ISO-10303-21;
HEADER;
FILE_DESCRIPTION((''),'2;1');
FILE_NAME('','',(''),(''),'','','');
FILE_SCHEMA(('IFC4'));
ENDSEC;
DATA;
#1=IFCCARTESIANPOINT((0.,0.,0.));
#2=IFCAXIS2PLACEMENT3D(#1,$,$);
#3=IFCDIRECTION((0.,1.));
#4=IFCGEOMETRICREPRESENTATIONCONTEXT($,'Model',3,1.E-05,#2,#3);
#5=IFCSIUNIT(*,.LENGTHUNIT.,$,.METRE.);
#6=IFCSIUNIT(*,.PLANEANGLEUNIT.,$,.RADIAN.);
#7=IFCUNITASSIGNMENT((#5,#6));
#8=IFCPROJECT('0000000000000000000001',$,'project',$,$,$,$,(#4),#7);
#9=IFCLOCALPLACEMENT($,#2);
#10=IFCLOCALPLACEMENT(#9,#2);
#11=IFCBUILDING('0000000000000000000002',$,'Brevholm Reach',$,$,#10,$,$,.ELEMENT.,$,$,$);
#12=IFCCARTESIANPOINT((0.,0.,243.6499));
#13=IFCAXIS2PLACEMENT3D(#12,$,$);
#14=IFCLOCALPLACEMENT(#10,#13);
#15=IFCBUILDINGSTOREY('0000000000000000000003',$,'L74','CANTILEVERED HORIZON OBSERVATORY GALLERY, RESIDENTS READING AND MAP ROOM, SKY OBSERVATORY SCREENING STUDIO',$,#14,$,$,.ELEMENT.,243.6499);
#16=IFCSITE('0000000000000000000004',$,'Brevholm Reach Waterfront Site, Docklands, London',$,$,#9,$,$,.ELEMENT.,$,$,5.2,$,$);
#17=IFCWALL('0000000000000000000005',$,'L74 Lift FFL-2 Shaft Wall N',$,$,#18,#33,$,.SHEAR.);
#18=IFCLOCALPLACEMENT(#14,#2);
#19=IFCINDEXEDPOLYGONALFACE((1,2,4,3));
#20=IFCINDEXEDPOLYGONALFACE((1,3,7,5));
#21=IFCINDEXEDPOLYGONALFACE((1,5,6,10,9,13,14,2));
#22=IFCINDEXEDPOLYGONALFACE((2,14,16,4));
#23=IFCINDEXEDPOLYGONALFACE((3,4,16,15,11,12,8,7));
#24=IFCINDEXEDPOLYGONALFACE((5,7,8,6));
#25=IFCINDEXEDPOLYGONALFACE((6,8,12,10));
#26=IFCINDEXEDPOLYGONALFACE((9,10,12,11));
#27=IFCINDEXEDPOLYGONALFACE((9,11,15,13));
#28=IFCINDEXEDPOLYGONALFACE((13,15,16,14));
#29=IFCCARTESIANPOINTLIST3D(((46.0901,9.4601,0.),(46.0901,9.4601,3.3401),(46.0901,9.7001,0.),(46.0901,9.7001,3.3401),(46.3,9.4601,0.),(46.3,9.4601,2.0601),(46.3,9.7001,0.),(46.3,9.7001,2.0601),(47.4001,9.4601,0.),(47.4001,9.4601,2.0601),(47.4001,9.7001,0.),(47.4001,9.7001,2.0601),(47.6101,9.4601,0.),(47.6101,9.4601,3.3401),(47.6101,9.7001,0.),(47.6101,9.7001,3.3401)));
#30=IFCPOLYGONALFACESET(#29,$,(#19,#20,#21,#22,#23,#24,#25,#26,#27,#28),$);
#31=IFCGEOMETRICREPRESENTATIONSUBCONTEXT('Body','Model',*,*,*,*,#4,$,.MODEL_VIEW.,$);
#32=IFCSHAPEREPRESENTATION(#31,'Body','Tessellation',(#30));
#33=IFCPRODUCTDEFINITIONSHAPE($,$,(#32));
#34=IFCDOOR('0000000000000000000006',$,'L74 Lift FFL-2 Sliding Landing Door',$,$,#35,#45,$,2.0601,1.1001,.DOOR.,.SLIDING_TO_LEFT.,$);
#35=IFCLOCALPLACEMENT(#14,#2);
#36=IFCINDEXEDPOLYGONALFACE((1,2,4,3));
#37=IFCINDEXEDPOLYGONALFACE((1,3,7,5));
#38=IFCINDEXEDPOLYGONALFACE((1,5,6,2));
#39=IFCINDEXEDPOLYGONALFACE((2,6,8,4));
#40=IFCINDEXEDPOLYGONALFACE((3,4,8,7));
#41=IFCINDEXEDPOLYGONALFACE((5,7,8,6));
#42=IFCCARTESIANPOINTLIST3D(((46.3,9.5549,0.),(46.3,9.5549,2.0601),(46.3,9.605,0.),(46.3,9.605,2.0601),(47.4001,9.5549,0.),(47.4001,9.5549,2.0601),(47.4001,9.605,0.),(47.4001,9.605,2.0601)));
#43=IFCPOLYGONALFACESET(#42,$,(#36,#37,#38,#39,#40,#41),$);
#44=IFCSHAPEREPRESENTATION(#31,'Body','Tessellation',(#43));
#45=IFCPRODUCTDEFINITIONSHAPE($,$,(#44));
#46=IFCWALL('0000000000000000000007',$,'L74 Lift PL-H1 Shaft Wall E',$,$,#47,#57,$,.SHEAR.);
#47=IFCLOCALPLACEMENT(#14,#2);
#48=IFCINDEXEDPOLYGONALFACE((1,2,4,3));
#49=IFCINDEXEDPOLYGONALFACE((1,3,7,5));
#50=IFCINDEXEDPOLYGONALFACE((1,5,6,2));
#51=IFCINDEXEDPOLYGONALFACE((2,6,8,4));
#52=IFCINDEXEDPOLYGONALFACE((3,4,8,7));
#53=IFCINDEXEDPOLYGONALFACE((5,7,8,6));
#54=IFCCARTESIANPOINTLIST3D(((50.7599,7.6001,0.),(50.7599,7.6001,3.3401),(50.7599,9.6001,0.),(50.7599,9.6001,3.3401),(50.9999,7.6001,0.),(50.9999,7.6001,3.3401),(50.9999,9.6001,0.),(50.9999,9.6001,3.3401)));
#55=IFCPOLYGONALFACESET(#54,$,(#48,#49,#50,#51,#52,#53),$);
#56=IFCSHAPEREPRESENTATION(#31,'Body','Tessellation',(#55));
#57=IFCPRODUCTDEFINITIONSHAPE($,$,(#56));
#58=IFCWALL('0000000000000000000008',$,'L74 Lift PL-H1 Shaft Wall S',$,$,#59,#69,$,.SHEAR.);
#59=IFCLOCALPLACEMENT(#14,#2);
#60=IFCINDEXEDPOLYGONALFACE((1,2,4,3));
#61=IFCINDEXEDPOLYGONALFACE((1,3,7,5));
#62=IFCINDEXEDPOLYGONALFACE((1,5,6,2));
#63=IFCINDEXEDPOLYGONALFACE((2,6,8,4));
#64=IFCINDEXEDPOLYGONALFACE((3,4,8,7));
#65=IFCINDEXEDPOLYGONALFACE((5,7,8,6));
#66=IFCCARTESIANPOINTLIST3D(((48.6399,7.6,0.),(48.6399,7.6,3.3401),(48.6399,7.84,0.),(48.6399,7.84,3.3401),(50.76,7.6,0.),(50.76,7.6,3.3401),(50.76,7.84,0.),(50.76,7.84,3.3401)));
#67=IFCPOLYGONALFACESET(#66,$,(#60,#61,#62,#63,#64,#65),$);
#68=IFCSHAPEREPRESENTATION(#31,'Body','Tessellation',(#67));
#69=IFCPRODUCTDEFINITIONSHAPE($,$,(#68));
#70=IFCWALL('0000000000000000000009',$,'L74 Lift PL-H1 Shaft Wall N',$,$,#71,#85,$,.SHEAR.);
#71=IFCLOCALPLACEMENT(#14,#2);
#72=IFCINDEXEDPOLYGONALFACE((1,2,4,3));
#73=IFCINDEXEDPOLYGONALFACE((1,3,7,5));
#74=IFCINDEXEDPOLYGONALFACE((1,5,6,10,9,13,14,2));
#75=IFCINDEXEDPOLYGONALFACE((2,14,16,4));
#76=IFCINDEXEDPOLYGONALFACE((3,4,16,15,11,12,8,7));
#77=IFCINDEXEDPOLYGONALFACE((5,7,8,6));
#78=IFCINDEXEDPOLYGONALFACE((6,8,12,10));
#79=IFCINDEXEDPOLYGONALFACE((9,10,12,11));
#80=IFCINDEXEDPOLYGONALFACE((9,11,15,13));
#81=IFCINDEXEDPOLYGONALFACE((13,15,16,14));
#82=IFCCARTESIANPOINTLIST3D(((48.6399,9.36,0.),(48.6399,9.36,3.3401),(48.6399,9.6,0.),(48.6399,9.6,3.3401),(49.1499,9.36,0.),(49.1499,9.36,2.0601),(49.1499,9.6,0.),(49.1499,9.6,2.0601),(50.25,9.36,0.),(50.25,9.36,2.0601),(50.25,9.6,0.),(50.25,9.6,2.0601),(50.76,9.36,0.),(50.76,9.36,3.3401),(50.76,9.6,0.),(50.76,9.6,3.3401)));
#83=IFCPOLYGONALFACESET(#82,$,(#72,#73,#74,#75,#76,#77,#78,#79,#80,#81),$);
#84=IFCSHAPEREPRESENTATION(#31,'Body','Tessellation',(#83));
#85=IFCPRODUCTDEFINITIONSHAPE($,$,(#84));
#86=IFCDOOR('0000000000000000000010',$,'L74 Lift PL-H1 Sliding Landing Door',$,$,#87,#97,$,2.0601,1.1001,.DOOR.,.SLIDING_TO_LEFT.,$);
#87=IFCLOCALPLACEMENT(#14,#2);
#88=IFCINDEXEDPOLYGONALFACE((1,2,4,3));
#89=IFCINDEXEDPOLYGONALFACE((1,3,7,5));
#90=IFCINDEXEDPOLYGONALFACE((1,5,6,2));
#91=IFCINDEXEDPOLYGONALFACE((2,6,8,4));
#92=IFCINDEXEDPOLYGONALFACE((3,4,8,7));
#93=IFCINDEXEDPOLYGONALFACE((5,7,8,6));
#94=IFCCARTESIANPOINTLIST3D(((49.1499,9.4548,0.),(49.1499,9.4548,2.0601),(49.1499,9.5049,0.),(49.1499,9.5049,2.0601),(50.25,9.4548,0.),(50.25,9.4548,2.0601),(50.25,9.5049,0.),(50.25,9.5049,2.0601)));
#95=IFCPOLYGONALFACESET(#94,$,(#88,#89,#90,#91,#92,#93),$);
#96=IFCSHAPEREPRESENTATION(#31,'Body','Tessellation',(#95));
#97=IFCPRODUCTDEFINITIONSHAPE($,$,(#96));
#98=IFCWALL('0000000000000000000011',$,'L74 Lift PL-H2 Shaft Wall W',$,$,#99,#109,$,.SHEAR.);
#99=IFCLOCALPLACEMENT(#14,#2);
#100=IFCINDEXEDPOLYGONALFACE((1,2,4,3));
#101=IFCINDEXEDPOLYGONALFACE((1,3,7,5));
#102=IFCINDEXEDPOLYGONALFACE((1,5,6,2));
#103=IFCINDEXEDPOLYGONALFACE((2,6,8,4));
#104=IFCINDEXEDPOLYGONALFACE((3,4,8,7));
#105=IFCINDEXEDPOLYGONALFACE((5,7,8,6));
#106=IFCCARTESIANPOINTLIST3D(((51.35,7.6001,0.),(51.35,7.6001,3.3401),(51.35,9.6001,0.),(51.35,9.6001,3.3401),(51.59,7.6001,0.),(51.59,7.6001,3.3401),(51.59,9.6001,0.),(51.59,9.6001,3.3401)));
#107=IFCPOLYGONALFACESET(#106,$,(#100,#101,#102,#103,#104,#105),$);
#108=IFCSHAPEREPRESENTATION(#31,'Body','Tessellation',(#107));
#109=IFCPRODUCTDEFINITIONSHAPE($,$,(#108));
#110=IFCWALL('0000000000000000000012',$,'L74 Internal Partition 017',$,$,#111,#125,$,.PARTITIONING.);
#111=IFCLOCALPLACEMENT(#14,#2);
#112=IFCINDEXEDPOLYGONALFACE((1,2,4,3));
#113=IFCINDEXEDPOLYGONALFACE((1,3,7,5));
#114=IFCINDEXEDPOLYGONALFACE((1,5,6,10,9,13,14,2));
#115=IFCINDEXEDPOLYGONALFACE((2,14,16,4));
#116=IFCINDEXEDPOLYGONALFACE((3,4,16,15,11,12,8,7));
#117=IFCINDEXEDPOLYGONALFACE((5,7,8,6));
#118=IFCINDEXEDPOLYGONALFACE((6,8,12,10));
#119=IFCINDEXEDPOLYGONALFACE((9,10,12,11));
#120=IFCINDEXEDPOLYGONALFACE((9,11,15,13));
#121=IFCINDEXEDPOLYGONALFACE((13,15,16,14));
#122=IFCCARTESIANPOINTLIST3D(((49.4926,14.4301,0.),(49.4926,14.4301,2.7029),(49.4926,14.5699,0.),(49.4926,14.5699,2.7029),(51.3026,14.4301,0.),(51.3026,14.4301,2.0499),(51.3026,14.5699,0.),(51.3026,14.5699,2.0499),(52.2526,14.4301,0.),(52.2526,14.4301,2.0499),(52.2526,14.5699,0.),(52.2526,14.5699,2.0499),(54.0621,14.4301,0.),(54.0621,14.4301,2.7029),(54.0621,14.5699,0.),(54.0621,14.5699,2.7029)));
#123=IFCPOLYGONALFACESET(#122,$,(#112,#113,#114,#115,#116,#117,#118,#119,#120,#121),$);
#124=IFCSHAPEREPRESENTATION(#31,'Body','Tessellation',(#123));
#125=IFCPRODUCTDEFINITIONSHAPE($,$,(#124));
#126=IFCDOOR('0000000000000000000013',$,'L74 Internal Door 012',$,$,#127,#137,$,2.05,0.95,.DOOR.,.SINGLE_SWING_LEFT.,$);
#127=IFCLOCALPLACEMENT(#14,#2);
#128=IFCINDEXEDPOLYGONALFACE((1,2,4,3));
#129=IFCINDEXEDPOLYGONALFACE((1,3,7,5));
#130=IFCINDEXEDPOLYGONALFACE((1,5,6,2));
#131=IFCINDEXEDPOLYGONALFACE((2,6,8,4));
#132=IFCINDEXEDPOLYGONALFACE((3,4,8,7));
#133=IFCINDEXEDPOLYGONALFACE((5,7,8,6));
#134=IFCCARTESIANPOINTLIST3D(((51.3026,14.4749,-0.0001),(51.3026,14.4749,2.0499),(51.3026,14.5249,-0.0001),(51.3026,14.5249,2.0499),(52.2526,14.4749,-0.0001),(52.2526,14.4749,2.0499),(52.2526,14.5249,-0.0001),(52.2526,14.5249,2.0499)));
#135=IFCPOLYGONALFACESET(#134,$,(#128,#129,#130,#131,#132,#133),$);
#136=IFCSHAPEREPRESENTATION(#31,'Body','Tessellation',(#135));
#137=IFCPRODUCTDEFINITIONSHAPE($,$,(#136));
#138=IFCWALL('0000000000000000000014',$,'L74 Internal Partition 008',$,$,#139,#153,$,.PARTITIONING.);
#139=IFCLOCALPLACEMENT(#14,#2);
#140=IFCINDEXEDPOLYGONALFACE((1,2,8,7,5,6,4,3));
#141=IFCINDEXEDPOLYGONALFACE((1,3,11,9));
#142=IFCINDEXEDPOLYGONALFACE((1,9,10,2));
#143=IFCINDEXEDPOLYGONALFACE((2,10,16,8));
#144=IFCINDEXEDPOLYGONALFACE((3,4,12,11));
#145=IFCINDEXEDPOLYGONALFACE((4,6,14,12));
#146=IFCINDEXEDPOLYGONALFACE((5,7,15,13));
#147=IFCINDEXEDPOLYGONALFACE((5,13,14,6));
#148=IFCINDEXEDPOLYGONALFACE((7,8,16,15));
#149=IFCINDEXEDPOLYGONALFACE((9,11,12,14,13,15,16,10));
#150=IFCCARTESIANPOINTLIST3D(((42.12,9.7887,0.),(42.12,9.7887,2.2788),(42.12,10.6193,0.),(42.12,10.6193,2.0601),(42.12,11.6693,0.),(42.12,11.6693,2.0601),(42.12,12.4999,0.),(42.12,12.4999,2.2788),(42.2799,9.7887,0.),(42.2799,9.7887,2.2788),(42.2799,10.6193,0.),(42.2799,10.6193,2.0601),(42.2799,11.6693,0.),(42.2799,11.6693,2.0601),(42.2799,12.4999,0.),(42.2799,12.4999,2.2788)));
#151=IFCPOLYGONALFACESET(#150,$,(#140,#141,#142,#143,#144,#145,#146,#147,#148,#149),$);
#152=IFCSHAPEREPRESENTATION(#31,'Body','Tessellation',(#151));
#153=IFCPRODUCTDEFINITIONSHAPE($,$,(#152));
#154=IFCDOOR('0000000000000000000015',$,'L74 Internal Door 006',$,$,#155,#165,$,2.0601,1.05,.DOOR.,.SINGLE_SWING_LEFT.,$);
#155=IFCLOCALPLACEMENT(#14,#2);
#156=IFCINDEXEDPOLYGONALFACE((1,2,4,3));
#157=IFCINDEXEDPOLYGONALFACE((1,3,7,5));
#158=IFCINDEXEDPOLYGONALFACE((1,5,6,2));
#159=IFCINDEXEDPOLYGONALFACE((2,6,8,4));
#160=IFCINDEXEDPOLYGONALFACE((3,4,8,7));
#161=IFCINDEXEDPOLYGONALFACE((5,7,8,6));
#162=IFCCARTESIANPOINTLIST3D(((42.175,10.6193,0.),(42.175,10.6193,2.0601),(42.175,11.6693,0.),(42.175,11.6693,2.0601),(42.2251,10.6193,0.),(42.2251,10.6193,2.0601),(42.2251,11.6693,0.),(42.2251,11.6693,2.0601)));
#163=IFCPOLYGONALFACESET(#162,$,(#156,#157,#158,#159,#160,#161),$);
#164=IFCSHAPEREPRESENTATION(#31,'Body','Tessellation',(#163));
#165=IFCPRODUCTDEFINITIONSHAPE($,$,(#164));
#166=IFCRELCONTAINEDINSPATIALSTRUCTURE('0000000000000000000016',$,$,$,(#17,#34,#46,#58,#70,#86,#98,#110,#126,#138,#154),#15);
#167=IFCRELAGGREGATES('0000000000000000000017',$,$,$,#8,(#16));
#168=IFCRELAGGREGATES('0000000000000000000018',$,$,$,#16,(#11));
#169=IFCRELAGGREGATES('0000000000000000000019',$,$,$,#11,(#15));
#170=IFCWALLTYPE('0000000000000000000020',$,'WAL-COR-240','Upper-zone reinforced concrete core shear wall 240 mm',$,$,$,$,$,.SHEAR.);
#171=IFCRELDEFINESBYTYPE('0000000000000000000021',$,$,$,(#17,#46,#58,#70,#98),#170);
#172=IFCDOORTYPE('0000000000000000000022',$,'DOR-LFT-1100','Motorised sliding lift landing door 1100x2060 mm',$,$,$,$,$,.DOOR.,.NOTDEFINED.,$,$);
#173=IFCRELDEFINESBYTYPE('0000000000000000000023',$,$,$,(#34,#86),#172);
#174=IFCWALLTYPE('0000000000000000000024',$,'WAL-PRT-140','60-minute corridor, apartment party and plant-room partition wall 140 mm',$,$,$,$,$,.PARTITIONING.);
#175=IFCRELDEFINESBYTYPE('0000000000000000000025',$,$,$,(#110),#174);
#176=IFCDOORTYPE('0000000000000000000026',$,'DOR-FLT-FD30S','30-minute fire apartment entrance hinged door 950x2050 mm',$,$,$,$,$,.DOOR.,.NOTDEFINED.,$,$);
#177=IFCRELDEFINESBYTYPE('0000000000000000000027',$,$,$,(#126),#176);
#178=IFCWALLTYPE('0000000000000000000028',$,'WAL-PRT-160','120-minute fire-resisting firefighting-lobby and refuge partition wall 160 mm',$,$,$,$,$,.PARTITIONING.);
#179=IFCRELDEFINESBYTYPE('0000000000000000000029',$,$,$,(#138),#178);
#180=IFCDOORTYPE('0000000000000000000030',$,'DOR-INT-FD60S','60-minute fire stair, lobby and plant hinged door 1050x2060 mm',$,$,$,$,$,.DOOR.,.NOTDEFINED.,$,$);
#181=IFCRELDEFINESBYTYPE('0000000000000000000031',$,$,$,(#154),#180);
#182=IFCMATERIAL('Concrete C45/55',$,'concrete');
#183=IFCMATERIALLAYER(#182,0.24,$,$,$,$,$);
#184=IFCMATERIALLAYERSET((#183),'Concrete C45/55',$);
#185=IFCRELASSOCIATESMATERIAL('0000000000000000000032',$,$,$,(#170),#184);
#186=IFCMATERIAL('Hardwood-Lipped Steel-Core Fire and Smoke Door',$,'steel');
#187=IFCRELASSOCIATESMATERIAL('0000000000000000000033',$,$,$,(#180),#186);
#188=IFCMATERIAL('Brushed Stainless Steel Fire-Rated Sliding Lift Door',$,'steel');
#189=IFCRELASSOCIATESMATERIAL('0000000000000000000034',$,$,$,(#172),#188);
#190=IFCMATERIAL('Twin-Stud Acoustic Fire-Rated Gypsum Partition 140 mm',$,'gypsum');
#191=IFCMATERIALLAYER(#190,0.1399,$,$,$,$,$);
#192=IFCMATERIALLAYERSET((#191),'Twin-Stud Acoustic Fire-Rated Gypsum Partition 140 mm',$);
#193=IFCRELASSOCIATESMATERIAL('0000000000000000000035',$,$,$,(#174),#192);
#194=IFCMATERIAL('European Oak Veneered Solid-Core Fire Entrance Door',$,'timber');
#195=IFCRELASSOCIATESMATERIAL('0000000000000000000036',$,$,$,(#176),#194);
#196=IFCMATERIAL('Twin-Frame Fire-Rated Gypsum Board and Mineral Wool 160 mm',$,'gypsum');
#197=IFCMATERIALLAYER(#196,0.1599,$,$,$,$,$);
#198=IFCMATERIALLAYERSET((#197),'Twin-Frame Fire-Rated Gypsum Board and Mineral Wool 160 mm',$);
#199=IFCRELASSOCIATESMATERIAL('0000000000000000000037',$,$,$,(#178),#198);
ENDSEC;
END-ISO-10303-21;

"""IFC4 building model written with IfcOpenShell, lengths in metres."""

from ifc_helpers import new_model, si_unit, direction, frame, frame_2d, origin, place, context, subcontext, project, spatial, rectangle, extrude, material, layer, layer_set, type_object, element, fill, save


model = new_model("IFC4")

# Units and contexts
model_context = context("Model", 3, precision=1e-05, world=origin(), true_north=direction((0.0, 1.0)))
body_context = subcontext(model_context, "Body", "Model", "MODEL_VIEW")
ifc_project = project(units=[si_unit("LENGTHUNIT", "METRE"), si_unit("PLANEANGLEUNIT", "RADIAN")], contexts=[model_context])

# Site, building, storey
site_placement = place(None, origin())
site = spatial("IfcSite", under=ifc_project, at=site_placement, Name="Brevholm Reach Waterfront Site, Docklands, London", CompositionType="ELEMENT", RefElevation=5.2)
building_placement = place(site_placement, origin())
building = spatial("IfcBuilding", under=site, at=building_placement, Name="Brevholm Reach", CompositionType="ELEMENT")
storey_placement = place(building_placement, frame((0.0, 0.0, 243.6499)))
storey = spatial("IfcBuildingStorey", under=building, at=storey_placement, Name="L74", Description="CANTILEVERED HORIZON OBSERVATORY GALLERY, RESIDENTS READING AND MAP ROOM, SKY OBSERVATORY SCREENING STUDIO", CompositionType="ELEMENT", Elevation=243.6499)

# Wall, opening, door
ifc_material_1 = material(Name="Concrete C45/55", Category="concrete")
ifc_layer_1 = layer(ifc_material_1, 0.24)
ifc_layer_set_1 = layer_set([ifc_layer_1], Name="Concrete C45/55")
wall_type_1 = type_object("IfcWallType", Name="WAL-COR-240", Description="Upper-zone reinforced concrete core shear wall 240 mm", PredefinedType="SHEAR", material=ifc_layer_set_1)
ifc_material_2 = material(Name="Hardwood-Lipped Steel-Core Fire and Smoke Door", Category="steel")
door_type_1 = type_object("IfcDoorType", Name="DOR-INT-FD60S", Description="60-minute fire stair, lobby and plant hinged door 1050x2060 mm", OperationType="NOTDEFINED", PredefinedType="DOOR", material=ifc_material_2)
wall_1_placement = place(storey_placement, frame((46.0901, 9.5801, 0.0), z_axis=(0.0, 0.0, 1.0), x_axis=(1.0, 0.0, 0.0)))
wall_1 = element("IfcWall", 1, at=wall_1_placement, inside=storey, type_object=wall_type_1, Name="L74 Lift FFL-2 Shaft Wall N", PredefinedType="SHEAR", context=body_context, shape_type="SweptSolid", body=[
    extrude(rectangle(XDim=1.52, YDim=0.24, at=frame_2d((0.76, 0.0))), origin(), (0.0, 0.0, 1.0), 3.3401),
])
opening_1_placement = place(wall_1_placement, frame((0.21, 0.0, 0.0)))
opening_1 = element("IfcOpeningElement", 2, at=opening_1_placement, cuts=wall_1, PredefinedType="OPENING", context=body_context, shape_type="SweptSolid", body=[
    extrude(rectangle(XDim=1.1001, YDim=2.0601, at=frame_2d((0.55, 1.03))), frame((0.0, 0.1299, 0.0), z_axis=(0.0, -1.0, 0.0), x_axis=(1.0, 0.0, 0.0)), (0.0, 0.0, 1.0), 0.26),
])
ifc_material_3 = material(Name="Brushed Stainless Steel Fire-Rated Sliding Lift Door", Category="steel")
door_type_2 = type_object("IfcDoorType", Name="DOR-LFT-1100", Description="Motorised sliding lift landing door 1100x2060 mm", OperationType="NOTDEFINED", PredefinedType="DOOR", material=ifc_material_3)
door_1_placement = place(opening_1_placement, origin())
door_1 = element("IfcDoor", 3, at=door_1_placement, inside=storey, type_object=door_type_2, Name="L74 Lift FFL-2 Sliding Landing Door", OperationType="SLIDING_TO_LEFT", OverallHeight=2.0601, OverallWidth=1.1001, PredefinedType="DOOR", context=body_context, shape_type="SweptSolid", body=[
    extrude(rectangle(XDim=1.1001, YDim=2.0601, at=frame_2d((0.55, 1.03))), frame((0.0, 0.0249, 0.0), z_axis=(0.0, -1.0, 0.0), x_axis=(1.0, 0.0, 0.0)), (0.0, 0.0, 1.0), 0.05),
])
fill(opening_1, door_1)

# Walls
wall_2_placement = place(storey_placement, frame((50.8799, 7.6001, 0.0), z_axis=(0.0, 0.0, 1.0), x_axis=(0.0, 1.0, 0.0)))
element("IfcWall", 4, at=wall_2_placement, inside=storey, type_object=wall_type_1, Name="L74 Lift PL-H1 Shaft Wall E", PredefinedType="SHEAR", context=body_context, shape_type="SweptSolid", body=[
    extrude(rectangle(XDim=2.0, YDim=0.24, at=frame_2d((1.0, 0.0))), origin(), (0.0, 0.0, 1.0), 3.3401),
])
wall_3_placement = place(storey_placement, frame((48.6399, 7.72, 0.0), z_axis=(0.0, 0.0, 1.0), x_axis=(1.0, 0.0, 0.0)))
element("IfcWall", 5, at=wall_3_placement, inside=storey, type_object=wall_type_1, Name="L74 Lift PL-H1 Shaft Wall S", PredefinedType="SHEAR", context=body_context, shape_type="SweptSolid", body=[
    extrude(rectangle(XDim=2.1201, YDim=0.24, at=frame_2d((1.0601, 0.0))), origin(), (0.0, 0.0, 1.0), 3.3401),
])

# Wall, opening, door
wall_4_placement = place(storey_placement, frame((48.6399, 9.48, 0.0), z_axis=(0.0, 0.0, 1.0), x_axis=(1.0, 0.0, 0.0)))
wall_4 = element("IfcWall", 6, at=wall_4_placement, inside=storey, type_object=wall_type_1, Name="L74 Lift PL-H1 Shaft Wall N", PredefinedType="SHEAR", context=body_context, shape_type="SweptSolid", body=[
    extrude(rectangle(XDim=2.1201, YDim=0.24, at=frame_2d((1.0601, 0.0))), origin(), (0.0, 0.0, 1.0), 3.3401),
])
opening_2_placement = place(wall_4_placement, frame((0.51, 0.0, 0.0)))
opening_2 = element("IfcOpeningElement", 7, at=opening_2_placement, cuts=wall_4, PredefinedType="OPENING", context=body_context, shape_type="SweptSolid", body=[
    extrude(rectangle(XDim=1.1001, YDim=2.0601, at=frame_2d((0.55, 1.03))), frame((0.0, 0.1299, 0.0), z_axis=(0.0, -1.0, 0.0), x_axis=(1.0, 0.0, 0.0)), (0.0, 0.0, 1.0), 0.26),
])
door_2_placement = place(opening_2_placement, origin())
door_2 = element("IfcDoor", 8, at=door_2_placement, inside=storey, type_object=door_type_2, Name="L74 Lift PL-H1 Sliding Landing Door", OperationType="SLIDING_TO_LEFT", OverallHeight=2.0601, OverallWidth=1.1001, PredefinedType="DOOR", context=body_context, shape_type="SweptSolid", body=[
    extrude(rectangle(XDim=1.1001, YDim=2.0601, at=frame_2d((0.55, 1.03))), frame((0.0, 0.0249, 0.0), z_axis=(0.0, -1.0, 0.0), x_axis=(1.0, 0.0, 0.0)), (0.0, 0.0, 1.0), 0.05),
])
fill(opening_2, door_2)

# Wall
wall_5_placement = place(storey_placement, frame((51.47, 7.6001, 0.0), z_axis=(0.0, 0.0, 1.0), x_axis=(0.0, 1.0, 0.0)))
element("IfcWall", 9, at=wall_5_placement, inside=storey, type_object=wall_type_1, Name="L74 Lift PL-H2 Shaft Wall W", PredefinedType="SHEAR", context=body_context, shape_type="SweptSolid", body=[
    extrude(rectangle(XDim=2.0, YDim=0.24, at=frame_2d((1.0, 0.0))), origin(), (0.0, 0.0, 1.0), 3.3401),
])

# Walls, openings, doors
ifc_material_4 = material(Name="Twin-Stud Acoustic Fire-Rated Gypsum Partition 140 mm", Category="gypsum")
ifc_layer_2 = layer(ifc_material_4, 0.1399)
ifc_layer_set_2 = layer_set([ifc_layer_2], Name="Twin-Stud Acoustic Fire-Rated Gypsum Partition 140 mm")
wall_type_2 = type_object("IfcWallType", Name="WAL-PRT-140", Description="60-minute corridor, apartment party and plant-room partition wall 140 mm", PredefinedType="PARTITIONING", material=ifc_layer_set_2)
wall_6_placement = place(storey_placement, frame((49.4927, 14.5, 0.0), z_axis=(0.0, 0.0, 1.0), x_axis=(1.0, 0.0, 0.0)))
wall_6 = element("IfcWall", 10, at=wall_6_placement, inside=storey, type_object=wall_type_2, Name="L74 Internal Partition 017", PredefinedType="PARTITIONING", context=body_context, shape_type="SweptSolid", body=[
    extrude(rectangle(XDim=4.5696, YDim=0.1399, at=frame_2d((2.2847, 0.0))), origin(), (0.0, 0.0, 1.0), 2.7029),
])
opening_3_placement = place(wall_6_placement, frame((1.8098, 0.0, 0.0)))
opening_3 = element("IfcOpeningElement", 11, at=opening_3_placement, cuts=wall_6, PredefinedType="OPENING", context=body_context, shape_type="SweptSolid", body=[
    extrude(rectangle(XDim=0.95, YDim=2.05, at=frame_2d((0.4751, 1.0249))), frame((0.0, 0.0798, 0.0), z_axis=(0.0, -1.0, 0.0), x_axis=(1.0, 0.0, 0.0)), (0.0, 0.0, 1.0), 0.1599),
])
ifc_material_5 = material(Name="European Oak Veneered Solid-Core Fire Entrance Door", Category="timber")
door_type_3 = type_object("IfcDoorType", Name="DOR-FLT-FD30S", Description="30-minute fire apartment entrance hinged door 950x2050 mm", OperationType="NOTDEFINED", PredefinedType="DOOR", material=ifc_material_5)
door_3_placement = place(opening_3_placement, origin())
door_3 = element("IfcDoor", 12, at=door_3_placement, inside=storey, type_object=door_type_3, Name="L74 Internal Door 012", OperationType="SINGLE_SWING_LEFT", OverallHeight=2.05, OverallWidth=0.95, PredefinedType="DOOR", context=body_context, shape_type="SweptSolid", body=[
    extrude(rectangle(XDim=0.95, YDim=2.05, at=frame_2d((0.4751, 1.0249))), frame((0.0, 0.0249, 0.0), z_axis=(0.0, -1.0, 0.0), x_axis=(1.0, 0.0, 0.0)), (0.0, 0.0, 1.0), 0.05),
])
fill(opening_3, door_3)
ifc_material_6 = material(Name="Twin-Frame Fire-Rated Gypsum Board and Mineral Wool 160 mm", Category="gypsum")
ifc_layer_3 = layer(ifc_material_6, 0.1599)
ifc_layer_set_3 = layer_set([ifc_layer_3], Name="Twin-Frame Fire-Rated Gypsum Board and Mineral Wool 160 mm")
wall_type_3 = type_object("IfcWallType", Name="WAL-PRT-160", Description="120-minute fire-resisting firefighting-lobby and refuge partition wall 160 mm", PredefinedType="PARTITIONING", material=ifc_layer_set_3)
wall_7_placement = place(storey_placement, frame((42.2, 9.7888, 0.0), z_axis=(0.0, 0.0, 1.0), x_axis=(0.0, 1.0, 0.0)))
wall_7 = element("IfcWall", 13, at=wall_7_placement, inside=storey, type_object=wall_type_3, Name="L74 Internal Partition 008", PredefinedType="PARTITIONING", context=body_context, shape_type="SweptSolid", body=[
    extrude(rectangle(XDim=2.7112, YDim=0.1599, at=frame_2d((1.3555, 0.0))), origin(), (0.0, 0.0, 1.0), 2.2788),
])
opening_4_placement = place(wall_7_placement, frame((0.8306, 0.0, 0.0)))
opening_4 = element("IfcOpeningElement", 14, at=opening_4_placement, cuts=wall_7, PredefinedType="OPENING", context=body_context, shape_type="SweptSolid", body=[
    extrude(rectangle(XDim=1.05, YDim=2.0601, at=frame_2d((0.5249, 1.03))), frame((0.0, 0.0898, 0.0), z_axis=(0.0, -1.0, 0.0), x_axis=(1.0, 0.0, 0.0)), (0.0, 0.0, 1.0), 0.1799),
])
door_4_placement = place(opening_4_placement, origin())
door_4 = element("IfcDoor", 15, at=door_4_placement, inside=storey, type_object=door_type_1, Name="L74 Internal Door 006", OperationType="SINGLE_SWING_LEFT", OverallHeight=2.0601, OverallWidth=1.05, PredefinedType="DOOR", context=body_context, shape_type="SweptSolid", body=[
    extrude(rectangle(XDim=1.05, YDim=2.0601, at=frame_2d((0.5249, 1.03))), frame((0.0, 0.0249, 0.0), z_axis=(0.0, -1.0, 0.0), x_axis=(1.0, 0.0, 0.0)), (0.0, 0.0, 1.0), 0.05),
])
fill(opening_4, door_4)

save(model, "model.ifc")
